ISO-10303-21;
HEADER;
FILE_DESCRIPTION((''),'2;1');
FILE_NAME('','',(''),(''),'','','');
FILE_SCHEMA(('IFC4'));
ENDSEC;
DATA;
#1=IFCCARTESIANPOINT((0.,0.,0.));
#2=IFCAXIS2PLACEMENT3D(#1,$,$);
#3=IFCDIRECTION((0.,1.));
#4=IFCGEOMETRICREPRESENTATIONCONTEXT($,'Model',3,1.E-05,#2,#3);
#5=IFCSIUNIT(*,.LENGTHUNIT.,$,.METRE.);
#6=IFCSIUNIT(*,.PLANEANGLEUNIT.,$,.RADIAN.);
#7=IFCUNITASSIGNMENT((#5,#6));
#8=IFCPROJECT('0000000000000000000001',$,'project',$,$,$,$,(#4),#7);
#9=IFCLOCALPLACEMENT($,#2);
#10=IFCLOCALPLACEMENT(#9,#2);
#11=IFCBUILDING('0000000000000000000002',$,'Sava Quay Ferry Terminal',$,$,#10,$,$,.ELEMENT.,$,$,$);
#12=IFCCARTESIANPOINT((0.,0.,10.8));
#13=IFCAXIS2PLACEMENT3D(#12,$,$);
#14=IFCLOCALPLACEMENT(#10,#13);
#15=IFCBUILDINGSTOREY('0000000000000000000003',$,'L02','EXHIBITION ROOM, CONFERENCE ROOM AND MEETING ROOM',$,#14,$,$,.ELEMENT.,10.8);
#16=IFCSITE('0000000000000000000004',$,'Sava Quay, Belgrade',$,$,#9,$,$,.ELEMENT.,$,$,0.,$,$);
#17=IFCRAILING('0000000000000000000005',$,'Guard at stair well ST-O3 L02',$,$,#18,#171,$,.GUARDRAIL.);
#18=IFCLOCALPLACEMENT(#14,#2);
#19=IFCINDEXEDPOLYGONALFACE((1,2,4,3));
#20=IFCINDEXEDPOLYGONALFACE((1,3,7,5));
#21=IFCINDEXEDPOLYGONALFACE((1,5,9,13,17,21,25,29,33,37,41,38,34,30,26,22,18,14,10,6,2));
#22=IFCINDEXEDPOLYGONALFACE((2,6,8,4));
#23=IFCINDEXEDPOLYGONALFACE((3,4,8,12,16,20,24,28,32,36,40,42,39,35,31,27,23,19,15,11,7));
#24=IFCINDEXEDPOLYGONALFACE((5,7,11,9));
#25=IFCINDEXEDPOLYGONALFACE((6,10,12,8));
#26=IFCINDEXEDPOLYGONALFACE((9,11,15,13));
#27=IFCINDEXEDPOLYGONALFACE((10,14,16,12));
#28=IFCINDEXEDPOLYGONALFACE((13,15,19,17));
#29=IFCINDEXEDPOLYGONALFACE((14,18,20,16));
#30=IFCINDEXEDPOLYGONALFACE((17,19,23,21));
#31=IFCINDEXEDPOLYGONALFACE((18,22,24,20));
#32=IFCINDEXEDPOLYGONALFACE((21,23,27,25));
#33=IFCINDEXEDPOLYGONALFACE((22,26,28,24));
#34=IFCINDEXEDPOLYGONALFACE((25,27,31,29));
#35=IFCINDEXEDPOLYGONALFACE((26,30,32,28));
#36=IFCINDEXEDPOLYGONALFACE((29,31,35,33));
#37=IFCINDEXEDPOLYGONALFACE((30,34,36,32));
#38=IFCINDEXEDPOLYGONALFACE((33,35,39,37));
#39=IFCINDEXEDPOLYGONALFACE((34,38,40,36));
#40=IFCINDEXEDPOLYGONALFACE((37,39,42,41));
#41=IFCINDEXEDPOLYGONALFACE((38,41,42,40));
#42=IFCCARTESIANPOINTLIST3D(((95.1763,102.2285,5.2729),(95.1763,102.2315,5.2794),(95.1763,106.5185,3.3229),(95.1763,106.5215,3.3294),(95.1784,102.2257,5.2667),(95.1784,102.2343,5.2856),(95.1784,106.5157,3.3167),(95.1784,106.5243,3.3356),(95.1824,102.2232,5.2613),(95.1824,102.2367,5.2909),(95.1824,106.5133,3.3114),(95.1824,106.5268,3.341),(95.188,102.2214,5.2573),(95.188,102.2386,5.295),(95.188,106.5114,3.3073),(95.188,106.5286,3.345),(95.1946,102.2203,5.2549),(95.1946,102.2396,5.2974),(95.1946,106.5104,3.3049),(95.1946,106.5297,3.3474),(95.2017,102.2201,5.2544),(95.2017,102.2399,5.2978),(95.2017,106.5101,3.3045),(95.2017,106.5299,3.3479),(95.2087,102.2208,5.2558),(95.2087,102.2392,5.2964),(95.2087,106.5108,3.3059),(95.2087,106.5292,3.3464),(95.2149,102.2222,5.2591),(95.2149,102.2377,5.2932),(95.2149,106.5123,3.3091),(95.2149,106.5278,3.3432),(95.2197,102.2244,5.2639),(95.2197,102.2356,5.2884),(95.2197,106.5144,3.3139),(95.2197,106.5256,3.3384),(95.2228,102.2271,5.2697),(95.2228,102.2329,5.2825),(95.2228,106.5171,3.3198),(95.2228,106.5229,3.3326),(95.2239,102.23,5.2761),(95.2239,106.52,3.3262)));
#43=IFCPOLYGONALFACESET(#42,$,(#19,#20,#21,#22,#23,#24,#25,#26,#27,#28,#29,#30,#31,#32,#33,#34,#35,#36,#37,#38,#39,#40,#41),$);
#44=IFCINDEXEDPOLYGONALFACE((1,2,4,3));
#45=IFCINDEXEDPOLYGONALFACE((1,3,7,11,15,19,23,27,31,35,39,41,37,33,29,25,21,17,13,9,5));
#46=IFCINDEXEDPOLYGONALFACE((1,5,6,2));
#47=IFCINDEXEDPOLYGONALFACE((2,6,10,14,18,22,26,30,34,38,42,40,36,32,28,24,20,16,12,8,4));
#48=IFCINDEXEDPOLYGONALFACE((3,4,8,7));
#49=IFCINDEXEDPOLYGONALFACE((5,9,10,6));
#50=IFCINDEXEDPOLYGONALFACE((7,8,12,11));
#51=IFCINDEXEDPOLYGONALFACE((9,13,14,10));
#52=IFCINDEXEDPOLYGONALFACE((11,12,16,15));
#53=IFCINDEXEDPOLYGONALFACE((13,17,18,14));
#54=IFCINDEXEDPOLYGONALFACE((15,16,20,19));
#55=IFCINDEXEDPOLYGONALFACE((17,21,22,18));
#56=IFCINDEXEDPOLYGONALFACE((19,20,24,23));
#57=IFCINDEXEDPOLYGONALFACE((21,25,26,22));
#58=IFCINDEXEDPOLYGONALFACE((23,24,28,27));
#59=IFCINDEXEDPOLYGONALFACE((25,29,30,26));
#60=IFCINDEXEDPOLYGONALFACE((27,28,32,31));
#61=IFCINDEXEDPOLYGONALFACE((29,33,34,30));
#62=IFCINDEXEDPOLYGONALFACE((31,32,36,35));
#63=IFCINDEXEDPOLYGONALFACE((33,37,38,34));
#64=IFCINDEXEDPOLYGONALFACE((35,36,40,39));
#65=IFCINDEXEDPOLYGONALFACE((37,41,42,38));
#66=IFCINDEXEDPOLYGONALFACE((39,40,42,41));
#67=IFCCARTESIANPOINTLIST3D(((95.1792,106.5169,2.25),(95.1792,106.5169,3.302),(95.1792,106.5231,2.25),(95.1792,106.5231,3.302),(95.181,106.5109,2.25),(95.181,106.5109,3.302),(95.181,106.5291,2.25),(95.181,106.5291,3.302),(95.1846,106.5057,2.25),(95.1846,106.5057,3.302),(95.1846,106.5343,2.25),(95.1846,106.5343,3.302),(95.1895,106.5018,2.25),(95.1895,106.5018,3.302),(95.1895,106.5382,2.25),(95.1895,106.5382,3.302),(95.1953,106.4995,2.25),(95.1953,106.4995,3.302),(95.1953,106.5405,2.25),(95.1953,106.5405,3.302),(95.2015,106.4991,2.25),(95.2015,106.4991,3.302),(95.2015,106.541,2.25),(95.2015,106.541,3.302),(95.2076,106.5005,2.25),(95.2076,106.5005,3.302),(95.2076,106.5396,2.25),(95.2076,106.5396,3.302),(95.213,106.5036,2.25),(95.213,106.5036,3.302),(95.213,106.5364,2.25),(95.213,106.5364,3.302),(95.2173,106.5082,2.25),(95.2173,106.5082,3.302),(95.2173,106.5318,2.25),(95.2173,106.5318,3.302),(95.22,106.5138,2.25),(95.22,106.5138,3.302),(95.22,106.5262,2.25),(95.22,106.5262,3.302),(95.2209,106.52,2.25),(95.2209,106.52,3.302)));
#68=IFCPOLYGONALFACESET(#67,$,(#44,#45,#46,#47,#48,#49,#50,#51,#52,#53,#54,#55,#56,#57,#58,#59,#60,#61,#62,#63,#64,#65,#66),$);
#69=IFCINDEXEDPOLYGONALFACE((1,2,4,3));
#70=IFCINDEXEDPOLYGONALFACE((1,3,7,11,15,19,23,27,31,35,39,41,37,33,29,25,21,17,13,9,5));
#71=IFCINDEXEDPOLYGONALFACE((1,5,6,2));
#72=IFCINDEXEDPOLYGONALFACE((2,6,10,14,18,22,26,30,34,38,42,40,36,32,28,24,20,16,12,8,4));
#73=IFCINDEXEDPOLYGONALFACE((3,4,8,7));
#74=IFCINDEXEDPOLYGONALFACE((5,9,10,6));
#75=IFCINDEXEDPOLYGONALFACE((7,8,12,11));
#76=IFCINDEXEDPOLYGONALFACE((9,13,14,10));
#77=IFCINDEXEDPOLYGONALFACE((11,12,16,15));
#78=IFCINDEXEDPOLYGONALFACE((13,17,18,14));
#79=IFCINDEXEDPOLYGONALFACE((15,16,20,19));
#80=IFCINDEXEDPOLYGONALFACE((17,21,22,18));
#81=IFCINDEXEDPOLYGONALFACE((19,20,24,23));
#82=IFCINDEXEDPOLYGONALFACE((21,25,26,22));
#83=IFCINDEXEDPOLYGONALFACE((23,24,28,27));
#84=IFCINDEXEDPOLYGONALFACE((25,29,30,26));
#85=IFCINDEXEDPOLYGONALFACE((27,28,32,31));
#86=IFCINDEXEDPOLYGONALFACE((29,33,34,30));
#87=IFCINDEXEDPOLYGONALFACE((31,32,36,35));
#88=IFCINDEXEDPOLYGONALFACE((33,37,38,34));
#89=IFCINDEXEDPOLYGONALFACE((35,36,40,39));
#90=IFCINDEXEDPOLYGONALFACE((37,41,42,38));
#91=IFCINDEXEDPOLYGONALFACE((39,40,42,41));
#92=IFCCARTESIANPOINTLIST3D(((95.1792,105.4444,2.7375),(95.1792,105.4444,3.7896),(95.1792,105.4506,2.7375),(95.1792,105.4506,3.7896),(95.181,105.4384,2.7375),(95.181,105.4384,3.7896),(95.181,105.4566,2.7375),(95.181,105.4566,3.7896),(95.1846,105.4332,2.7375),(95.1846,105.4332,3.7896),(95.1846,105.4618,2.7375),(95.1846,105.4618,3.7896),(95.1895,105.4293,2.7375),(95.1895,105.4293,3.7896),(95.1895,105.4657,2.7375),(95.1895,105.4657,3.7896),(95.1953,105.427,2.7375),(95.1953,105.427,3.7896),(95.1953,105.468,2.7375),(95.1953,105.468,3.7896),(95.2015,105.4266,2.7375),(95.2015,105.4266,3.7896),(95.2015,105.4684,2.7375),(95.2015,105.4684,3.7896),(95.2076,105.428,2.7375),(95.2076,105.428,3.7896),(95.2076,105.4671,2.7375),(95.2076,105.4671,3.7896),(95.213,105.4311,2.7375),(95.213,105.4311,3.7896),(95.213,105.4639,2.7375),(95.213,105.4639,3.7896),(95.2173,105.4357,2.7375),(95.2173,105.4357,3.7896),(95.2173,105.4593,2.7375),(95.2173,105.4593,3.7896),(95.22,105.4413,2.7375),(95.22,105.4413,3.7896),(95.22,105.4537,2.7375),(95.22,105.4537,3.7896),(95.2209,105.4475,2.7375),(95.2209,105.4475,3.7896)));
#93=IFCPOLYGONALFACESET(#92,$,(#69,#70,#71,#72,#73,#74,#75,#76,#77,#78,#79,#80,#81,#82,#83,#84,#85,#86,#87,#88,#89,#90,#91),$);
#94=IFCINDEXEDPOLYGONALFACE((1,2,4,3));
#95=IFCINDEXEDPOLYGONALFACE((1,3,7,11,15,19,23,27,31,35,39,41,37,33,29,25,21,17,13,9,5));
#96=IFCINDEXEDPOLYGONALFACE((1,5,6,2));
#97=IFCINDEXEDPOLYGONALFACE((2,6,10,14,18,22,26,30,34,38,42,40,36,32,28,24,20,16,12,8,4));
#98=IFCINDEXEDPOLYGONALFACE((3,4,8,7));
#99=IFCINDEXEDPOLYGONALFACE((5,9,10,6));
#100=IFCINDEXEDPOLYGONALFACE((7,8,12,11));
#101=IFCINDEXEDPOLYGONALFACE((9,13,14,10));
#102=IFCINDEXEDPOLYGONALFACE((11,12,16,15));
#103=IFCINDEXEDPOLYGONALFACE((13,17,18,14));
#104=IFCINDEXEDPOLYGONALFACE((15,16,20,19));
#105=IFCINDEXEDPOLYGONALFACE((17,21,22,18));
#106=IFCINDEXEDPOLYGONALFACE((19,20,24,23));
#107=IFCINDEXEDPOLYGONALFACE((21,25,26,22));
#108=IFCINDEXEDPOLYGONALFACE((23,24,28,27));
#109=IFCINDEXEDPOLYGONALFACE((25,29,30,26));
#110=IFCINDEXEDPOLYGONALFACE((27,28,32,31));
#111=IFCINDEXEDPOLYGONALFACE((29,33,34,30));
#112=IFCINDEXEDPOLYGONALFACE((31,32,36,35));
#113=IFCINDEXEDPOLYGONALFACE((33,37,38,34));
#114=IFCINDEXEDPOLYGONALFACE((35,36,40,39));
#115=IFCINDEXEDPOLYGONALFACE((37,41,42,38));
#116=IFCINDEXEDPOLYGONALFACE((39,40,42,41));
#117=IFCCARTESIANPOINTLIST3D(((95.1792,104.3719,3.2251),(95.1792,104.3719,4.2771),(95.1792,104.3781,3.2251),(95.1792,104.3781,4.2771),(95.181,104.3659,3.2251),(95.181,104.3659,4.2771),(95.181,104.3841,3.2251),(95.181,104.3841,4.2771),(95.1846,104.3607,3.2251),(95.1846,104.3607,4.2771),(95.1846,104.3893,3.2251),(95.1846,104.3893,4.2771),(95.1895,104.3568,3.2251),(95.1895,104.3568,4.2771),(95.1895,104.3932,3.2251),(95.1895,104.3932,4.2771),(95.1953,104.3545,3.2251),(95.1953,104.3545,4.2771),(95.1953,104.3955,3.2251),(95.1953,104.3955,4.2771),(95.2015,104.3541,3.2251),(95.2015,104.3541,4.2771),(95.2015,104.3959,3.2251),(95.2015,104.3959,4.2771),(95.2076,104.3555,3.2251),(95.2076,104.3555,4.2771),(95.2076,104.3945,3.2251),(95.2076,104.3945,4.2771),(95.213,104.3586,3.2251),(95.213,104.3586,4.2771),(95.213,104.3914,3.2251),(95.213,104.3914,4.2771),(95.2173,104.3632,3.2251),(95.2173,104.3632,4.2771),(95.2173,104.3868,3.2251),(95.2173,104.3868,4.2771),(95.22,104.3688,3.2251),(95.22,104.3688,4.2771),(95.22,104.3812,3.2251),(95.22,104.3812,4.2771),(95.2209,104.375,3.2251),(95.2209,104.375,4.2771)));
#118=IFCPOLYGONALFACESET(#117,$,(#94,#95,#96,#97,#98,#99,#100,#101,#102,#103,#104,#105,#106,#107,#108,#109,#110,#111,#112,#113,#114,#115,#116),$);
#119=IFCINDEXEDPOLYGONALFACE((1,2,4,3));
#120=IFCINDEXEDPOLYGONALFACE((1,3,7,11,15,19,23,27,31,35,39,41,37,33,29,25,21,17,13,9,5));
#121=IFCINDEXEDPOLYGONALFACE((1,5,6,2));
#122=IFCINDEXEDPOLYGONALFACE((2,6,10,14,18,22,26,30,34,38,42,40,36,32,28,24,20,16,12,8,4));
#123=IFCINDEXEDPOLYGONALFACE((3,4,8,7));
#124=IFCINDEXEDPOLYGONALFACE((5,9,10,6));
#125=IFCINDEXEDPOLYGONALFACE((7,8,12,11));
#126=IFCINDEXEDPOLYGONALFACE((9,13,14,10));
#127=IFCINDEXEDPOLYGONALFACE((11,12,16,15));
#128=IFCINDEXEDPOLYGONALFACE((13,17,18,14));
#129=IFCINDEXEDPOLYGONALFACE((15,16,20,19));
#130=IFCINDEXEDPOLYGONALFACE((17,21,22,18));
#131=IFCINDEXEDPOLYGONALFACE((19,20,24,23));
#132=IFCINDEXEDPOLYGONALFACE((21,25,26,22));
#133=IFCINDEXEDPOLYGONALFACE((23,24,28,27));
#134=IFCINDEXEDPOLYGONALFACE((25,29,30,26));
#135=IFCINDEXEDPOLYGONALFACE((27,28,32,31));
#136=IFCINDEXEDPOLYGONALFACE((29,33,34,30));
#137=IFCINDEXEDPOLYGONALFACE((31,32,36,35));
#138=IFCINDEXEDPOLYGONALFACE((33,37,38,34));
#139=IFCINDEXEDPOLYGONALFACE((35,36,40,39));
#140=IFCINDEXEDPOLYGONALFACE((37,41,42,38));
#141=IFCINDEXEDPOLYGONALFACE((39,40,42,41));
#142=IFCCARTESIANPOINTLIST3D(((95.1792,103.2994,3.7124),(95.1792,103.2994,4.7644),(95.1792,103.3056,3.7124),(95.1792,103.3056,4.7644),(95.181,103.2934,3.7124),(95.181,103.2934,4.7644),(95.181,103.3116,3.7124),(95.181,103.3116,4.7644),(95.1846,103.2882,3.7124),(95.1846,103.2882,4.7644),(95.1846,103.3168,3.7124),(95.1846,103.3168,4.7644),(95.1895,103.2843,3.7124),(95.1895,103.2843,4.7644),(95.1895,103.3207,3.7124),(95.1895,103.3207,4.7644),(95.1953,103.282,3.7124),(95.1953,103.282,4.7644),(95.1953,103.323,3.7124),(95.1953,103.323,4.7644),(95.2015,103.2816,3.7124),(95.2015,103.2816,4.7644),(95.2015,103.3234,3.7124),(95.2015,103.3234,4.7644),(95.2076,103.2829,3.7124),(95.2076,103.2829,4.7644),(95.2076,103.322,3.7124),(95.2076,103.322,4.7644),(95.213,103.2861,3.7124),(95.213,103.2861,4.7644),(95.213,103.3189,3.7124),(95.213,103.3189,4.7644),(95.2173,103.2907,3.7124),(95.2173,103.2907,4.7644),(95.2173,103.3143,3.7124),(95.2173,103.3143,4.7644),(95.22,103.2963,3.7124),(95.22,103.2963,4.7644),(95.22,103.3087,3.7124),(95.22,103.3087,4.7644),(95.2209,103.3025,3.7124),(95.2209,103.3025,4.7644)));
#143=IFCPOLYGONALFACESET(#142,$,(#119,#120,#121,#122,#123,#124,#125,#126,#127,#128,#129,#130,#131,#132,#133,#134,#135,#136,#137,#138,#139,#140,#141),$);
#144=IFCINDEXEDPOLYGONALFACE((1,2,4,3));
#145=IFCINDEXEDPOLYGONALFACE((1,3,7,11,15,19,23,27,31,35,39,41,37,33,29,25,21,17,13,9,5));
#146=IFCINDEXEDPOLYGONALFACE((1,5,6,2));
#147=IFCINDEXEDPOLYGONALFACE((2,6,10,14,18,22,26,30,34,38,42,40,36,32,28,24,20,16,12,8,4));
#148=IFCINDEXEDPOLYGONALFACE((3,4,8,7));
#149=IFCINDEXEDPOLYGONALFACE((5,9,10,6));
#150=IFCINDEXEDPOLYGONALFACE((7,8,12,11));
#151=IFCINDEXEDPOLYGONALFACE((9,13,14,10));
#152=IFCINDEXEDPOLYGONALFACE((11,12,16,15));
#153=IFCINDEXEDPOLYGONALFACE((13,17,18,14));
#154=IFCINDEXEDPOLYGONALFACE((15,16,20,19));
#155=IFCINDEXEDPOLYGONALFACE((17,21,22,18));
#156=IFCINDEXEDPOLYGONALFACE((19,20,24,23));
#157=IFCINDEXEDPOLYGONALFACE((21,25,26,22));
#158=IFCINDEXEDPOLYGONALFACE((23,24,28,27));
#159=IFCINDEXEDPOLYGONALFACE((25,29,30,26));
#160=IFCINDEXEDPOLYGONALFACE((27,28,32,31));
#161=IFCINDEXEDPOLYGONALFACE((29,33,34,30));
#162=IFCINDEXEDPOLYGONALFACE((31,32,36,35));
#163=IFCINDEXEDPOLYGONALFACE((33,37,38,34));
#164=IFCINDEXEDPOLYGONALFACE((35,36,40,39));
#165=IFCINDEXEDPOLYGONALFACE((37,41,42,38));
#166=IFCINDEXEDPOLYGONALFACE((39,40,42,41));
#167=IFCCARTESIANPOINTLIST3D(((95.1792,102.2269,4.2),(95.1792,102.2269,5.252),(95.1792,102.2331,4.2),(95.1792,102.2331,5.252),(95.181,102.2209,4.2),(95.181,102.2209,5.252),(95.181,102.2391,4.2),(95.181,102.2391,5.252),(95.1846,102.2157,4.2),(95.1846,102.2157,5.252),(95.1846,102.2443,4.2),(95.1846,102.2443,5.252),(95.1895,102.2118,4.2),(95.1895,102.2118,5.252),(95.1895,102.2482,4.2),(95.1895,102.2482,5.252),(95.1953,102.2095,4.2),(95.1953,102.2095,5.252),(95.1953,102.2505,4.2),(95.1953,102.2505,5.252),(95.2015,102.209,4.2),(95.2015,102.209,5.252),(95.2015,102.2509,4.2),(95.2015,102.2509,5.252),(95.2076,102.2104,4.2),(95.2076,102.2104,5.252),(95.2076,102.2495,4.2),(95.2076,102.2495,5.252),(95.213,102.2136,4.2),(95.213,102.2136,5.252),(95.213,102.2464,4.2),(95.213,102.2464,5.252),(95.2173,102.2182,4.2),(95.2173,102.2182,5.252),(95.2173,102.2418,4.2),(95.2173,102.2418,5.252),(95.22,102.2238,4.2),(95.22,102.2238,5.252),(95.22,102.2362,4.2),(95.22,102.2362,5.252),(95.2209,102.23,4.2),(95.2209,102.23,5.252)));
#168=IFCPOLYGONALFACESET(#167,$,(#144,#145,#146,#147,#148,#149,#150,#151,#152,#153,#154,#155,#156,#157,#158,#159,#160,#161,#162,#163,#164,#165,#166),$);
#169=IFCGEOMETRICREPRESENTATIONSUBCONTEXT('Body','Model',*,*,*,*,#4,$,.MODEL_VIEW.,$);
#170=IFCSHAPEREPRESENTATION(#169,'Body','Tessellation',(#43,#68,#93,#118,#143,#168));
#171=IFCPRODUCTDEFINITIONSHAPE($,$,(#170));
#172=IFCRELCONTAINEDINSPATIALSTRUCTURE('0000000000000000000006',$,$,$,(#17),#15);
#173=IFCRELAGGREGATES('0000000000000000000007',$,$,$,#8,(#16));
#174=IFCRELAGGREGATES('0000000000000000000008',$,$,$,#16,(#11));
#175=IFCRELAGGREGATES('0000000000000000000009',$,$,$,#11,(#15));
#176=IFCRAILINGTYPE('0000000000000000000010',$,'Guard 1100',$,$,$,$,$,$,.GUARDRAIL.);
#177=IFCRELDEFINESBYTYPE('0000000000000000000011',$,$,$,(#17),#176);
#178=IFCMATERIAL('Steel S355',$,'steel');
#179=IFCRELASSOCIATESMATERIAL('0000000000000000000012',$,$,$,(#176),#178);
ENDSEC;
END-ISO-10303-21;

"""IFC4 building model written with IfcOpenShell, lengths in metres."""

from ifc_helpers import new_model, si_unit, direction, frame, origin, origin_2d, place, context, subcontext, project, spatial, circle, extrude, material, type_object, element, save


model = new_model("IFC4")

# Units and contexts
model_context = context("Model", 3, precision=1e-05, world=origin(), true_north=direction((0.0, 1.0)))
body_context = subcontext(model_context, "Body", "Model", "MODEL_VIEW")
ifc_project = project(units=[si_unit("LENGTHUNIT", "METRE"), si_unit("PLANEANGLEUNIT", "RADIAN")], contexts=[model_context])

# Site, building, storey
site_placement = place(None, origin())
site = spatial("IfcSite", under=ifc_project, at=site_placement, Name="Sava Quay, Belgrade", CompositionType="ELEMENT", RefElevation=0.0)
building_placement = place(site_placement, origin())
building = spatial("IfcBuilding", under=site, at=building_placement, Name="Sava Quay Ferry Terminal", CompositionType="ELEMENT")
storey_placement = place(building_placement, frame((0.0, 0.0, 10.8)))
storey = spatial("IfcBuildingStorey", under=building, at=storey_placement, Name="L02", Description="EXHIBITION ROOM, CONFERENCE ROOM AND MEETING ROOM", CompositionType="ELEMENT", Elevation=10.8)

# Railing
ifc_material_1 = material(Name="Steel S355", Category="steel")
railing_type_1 = type_object("IfcRailingType", Name="Guard 1100", PredefinedType="GUARDRAIL", material=ifc_material_1)
railing_1_placement = place(storey_placement, frame((95.2, 106.52, 2.25)))
element("IfcRailing", 1, at=railing_1_placement, inside=storey, type_object=railing_type_1, Name="Guard at stair well ST-O3 L02", PredefinedType="GUARDRAIL", context=body_context, shape_type="SweptSolid", body=[
    extrude(circle(Radius=0.0239, at=origin_2d()), frame((0.0, 0.0, 1.0762), z_axis=(0.0, -0.910372, 0.413791), x_axis=(1.0, 0.0, 0.0)), (0.0, 0.0, 1.0), 4.7124),
    extrude(circle(Radius=0.021, at=origin_2d()), origin(), (0.0, 0.0, 1.0), 1.052),
    extrude(circle(Radius=0.021, at=origin_2d()), frame((0.0, -1.0725, 0.4875)), (0.0, 0.0, 1.0), 1.052),
    extrude(circle(Radius=0.021, at=origin_2d()), frame((0.0, -2.145, 0.9751)), (0.0, 0.0, 1.0), 1.052),
    extrude(circle(Radius=0.021, at=origin_2d()), frame((0.0, -3.2175, 1.4624)), (0.0, 0.0, 1.0), 1.052),
    extrude(circle(Radius=0.021, at=origin_2d()), frame((0.0, -4.29, 1.95)), (0.0, 0.0, 1.0), 1.052),
])

save(model, "model.ifc")
